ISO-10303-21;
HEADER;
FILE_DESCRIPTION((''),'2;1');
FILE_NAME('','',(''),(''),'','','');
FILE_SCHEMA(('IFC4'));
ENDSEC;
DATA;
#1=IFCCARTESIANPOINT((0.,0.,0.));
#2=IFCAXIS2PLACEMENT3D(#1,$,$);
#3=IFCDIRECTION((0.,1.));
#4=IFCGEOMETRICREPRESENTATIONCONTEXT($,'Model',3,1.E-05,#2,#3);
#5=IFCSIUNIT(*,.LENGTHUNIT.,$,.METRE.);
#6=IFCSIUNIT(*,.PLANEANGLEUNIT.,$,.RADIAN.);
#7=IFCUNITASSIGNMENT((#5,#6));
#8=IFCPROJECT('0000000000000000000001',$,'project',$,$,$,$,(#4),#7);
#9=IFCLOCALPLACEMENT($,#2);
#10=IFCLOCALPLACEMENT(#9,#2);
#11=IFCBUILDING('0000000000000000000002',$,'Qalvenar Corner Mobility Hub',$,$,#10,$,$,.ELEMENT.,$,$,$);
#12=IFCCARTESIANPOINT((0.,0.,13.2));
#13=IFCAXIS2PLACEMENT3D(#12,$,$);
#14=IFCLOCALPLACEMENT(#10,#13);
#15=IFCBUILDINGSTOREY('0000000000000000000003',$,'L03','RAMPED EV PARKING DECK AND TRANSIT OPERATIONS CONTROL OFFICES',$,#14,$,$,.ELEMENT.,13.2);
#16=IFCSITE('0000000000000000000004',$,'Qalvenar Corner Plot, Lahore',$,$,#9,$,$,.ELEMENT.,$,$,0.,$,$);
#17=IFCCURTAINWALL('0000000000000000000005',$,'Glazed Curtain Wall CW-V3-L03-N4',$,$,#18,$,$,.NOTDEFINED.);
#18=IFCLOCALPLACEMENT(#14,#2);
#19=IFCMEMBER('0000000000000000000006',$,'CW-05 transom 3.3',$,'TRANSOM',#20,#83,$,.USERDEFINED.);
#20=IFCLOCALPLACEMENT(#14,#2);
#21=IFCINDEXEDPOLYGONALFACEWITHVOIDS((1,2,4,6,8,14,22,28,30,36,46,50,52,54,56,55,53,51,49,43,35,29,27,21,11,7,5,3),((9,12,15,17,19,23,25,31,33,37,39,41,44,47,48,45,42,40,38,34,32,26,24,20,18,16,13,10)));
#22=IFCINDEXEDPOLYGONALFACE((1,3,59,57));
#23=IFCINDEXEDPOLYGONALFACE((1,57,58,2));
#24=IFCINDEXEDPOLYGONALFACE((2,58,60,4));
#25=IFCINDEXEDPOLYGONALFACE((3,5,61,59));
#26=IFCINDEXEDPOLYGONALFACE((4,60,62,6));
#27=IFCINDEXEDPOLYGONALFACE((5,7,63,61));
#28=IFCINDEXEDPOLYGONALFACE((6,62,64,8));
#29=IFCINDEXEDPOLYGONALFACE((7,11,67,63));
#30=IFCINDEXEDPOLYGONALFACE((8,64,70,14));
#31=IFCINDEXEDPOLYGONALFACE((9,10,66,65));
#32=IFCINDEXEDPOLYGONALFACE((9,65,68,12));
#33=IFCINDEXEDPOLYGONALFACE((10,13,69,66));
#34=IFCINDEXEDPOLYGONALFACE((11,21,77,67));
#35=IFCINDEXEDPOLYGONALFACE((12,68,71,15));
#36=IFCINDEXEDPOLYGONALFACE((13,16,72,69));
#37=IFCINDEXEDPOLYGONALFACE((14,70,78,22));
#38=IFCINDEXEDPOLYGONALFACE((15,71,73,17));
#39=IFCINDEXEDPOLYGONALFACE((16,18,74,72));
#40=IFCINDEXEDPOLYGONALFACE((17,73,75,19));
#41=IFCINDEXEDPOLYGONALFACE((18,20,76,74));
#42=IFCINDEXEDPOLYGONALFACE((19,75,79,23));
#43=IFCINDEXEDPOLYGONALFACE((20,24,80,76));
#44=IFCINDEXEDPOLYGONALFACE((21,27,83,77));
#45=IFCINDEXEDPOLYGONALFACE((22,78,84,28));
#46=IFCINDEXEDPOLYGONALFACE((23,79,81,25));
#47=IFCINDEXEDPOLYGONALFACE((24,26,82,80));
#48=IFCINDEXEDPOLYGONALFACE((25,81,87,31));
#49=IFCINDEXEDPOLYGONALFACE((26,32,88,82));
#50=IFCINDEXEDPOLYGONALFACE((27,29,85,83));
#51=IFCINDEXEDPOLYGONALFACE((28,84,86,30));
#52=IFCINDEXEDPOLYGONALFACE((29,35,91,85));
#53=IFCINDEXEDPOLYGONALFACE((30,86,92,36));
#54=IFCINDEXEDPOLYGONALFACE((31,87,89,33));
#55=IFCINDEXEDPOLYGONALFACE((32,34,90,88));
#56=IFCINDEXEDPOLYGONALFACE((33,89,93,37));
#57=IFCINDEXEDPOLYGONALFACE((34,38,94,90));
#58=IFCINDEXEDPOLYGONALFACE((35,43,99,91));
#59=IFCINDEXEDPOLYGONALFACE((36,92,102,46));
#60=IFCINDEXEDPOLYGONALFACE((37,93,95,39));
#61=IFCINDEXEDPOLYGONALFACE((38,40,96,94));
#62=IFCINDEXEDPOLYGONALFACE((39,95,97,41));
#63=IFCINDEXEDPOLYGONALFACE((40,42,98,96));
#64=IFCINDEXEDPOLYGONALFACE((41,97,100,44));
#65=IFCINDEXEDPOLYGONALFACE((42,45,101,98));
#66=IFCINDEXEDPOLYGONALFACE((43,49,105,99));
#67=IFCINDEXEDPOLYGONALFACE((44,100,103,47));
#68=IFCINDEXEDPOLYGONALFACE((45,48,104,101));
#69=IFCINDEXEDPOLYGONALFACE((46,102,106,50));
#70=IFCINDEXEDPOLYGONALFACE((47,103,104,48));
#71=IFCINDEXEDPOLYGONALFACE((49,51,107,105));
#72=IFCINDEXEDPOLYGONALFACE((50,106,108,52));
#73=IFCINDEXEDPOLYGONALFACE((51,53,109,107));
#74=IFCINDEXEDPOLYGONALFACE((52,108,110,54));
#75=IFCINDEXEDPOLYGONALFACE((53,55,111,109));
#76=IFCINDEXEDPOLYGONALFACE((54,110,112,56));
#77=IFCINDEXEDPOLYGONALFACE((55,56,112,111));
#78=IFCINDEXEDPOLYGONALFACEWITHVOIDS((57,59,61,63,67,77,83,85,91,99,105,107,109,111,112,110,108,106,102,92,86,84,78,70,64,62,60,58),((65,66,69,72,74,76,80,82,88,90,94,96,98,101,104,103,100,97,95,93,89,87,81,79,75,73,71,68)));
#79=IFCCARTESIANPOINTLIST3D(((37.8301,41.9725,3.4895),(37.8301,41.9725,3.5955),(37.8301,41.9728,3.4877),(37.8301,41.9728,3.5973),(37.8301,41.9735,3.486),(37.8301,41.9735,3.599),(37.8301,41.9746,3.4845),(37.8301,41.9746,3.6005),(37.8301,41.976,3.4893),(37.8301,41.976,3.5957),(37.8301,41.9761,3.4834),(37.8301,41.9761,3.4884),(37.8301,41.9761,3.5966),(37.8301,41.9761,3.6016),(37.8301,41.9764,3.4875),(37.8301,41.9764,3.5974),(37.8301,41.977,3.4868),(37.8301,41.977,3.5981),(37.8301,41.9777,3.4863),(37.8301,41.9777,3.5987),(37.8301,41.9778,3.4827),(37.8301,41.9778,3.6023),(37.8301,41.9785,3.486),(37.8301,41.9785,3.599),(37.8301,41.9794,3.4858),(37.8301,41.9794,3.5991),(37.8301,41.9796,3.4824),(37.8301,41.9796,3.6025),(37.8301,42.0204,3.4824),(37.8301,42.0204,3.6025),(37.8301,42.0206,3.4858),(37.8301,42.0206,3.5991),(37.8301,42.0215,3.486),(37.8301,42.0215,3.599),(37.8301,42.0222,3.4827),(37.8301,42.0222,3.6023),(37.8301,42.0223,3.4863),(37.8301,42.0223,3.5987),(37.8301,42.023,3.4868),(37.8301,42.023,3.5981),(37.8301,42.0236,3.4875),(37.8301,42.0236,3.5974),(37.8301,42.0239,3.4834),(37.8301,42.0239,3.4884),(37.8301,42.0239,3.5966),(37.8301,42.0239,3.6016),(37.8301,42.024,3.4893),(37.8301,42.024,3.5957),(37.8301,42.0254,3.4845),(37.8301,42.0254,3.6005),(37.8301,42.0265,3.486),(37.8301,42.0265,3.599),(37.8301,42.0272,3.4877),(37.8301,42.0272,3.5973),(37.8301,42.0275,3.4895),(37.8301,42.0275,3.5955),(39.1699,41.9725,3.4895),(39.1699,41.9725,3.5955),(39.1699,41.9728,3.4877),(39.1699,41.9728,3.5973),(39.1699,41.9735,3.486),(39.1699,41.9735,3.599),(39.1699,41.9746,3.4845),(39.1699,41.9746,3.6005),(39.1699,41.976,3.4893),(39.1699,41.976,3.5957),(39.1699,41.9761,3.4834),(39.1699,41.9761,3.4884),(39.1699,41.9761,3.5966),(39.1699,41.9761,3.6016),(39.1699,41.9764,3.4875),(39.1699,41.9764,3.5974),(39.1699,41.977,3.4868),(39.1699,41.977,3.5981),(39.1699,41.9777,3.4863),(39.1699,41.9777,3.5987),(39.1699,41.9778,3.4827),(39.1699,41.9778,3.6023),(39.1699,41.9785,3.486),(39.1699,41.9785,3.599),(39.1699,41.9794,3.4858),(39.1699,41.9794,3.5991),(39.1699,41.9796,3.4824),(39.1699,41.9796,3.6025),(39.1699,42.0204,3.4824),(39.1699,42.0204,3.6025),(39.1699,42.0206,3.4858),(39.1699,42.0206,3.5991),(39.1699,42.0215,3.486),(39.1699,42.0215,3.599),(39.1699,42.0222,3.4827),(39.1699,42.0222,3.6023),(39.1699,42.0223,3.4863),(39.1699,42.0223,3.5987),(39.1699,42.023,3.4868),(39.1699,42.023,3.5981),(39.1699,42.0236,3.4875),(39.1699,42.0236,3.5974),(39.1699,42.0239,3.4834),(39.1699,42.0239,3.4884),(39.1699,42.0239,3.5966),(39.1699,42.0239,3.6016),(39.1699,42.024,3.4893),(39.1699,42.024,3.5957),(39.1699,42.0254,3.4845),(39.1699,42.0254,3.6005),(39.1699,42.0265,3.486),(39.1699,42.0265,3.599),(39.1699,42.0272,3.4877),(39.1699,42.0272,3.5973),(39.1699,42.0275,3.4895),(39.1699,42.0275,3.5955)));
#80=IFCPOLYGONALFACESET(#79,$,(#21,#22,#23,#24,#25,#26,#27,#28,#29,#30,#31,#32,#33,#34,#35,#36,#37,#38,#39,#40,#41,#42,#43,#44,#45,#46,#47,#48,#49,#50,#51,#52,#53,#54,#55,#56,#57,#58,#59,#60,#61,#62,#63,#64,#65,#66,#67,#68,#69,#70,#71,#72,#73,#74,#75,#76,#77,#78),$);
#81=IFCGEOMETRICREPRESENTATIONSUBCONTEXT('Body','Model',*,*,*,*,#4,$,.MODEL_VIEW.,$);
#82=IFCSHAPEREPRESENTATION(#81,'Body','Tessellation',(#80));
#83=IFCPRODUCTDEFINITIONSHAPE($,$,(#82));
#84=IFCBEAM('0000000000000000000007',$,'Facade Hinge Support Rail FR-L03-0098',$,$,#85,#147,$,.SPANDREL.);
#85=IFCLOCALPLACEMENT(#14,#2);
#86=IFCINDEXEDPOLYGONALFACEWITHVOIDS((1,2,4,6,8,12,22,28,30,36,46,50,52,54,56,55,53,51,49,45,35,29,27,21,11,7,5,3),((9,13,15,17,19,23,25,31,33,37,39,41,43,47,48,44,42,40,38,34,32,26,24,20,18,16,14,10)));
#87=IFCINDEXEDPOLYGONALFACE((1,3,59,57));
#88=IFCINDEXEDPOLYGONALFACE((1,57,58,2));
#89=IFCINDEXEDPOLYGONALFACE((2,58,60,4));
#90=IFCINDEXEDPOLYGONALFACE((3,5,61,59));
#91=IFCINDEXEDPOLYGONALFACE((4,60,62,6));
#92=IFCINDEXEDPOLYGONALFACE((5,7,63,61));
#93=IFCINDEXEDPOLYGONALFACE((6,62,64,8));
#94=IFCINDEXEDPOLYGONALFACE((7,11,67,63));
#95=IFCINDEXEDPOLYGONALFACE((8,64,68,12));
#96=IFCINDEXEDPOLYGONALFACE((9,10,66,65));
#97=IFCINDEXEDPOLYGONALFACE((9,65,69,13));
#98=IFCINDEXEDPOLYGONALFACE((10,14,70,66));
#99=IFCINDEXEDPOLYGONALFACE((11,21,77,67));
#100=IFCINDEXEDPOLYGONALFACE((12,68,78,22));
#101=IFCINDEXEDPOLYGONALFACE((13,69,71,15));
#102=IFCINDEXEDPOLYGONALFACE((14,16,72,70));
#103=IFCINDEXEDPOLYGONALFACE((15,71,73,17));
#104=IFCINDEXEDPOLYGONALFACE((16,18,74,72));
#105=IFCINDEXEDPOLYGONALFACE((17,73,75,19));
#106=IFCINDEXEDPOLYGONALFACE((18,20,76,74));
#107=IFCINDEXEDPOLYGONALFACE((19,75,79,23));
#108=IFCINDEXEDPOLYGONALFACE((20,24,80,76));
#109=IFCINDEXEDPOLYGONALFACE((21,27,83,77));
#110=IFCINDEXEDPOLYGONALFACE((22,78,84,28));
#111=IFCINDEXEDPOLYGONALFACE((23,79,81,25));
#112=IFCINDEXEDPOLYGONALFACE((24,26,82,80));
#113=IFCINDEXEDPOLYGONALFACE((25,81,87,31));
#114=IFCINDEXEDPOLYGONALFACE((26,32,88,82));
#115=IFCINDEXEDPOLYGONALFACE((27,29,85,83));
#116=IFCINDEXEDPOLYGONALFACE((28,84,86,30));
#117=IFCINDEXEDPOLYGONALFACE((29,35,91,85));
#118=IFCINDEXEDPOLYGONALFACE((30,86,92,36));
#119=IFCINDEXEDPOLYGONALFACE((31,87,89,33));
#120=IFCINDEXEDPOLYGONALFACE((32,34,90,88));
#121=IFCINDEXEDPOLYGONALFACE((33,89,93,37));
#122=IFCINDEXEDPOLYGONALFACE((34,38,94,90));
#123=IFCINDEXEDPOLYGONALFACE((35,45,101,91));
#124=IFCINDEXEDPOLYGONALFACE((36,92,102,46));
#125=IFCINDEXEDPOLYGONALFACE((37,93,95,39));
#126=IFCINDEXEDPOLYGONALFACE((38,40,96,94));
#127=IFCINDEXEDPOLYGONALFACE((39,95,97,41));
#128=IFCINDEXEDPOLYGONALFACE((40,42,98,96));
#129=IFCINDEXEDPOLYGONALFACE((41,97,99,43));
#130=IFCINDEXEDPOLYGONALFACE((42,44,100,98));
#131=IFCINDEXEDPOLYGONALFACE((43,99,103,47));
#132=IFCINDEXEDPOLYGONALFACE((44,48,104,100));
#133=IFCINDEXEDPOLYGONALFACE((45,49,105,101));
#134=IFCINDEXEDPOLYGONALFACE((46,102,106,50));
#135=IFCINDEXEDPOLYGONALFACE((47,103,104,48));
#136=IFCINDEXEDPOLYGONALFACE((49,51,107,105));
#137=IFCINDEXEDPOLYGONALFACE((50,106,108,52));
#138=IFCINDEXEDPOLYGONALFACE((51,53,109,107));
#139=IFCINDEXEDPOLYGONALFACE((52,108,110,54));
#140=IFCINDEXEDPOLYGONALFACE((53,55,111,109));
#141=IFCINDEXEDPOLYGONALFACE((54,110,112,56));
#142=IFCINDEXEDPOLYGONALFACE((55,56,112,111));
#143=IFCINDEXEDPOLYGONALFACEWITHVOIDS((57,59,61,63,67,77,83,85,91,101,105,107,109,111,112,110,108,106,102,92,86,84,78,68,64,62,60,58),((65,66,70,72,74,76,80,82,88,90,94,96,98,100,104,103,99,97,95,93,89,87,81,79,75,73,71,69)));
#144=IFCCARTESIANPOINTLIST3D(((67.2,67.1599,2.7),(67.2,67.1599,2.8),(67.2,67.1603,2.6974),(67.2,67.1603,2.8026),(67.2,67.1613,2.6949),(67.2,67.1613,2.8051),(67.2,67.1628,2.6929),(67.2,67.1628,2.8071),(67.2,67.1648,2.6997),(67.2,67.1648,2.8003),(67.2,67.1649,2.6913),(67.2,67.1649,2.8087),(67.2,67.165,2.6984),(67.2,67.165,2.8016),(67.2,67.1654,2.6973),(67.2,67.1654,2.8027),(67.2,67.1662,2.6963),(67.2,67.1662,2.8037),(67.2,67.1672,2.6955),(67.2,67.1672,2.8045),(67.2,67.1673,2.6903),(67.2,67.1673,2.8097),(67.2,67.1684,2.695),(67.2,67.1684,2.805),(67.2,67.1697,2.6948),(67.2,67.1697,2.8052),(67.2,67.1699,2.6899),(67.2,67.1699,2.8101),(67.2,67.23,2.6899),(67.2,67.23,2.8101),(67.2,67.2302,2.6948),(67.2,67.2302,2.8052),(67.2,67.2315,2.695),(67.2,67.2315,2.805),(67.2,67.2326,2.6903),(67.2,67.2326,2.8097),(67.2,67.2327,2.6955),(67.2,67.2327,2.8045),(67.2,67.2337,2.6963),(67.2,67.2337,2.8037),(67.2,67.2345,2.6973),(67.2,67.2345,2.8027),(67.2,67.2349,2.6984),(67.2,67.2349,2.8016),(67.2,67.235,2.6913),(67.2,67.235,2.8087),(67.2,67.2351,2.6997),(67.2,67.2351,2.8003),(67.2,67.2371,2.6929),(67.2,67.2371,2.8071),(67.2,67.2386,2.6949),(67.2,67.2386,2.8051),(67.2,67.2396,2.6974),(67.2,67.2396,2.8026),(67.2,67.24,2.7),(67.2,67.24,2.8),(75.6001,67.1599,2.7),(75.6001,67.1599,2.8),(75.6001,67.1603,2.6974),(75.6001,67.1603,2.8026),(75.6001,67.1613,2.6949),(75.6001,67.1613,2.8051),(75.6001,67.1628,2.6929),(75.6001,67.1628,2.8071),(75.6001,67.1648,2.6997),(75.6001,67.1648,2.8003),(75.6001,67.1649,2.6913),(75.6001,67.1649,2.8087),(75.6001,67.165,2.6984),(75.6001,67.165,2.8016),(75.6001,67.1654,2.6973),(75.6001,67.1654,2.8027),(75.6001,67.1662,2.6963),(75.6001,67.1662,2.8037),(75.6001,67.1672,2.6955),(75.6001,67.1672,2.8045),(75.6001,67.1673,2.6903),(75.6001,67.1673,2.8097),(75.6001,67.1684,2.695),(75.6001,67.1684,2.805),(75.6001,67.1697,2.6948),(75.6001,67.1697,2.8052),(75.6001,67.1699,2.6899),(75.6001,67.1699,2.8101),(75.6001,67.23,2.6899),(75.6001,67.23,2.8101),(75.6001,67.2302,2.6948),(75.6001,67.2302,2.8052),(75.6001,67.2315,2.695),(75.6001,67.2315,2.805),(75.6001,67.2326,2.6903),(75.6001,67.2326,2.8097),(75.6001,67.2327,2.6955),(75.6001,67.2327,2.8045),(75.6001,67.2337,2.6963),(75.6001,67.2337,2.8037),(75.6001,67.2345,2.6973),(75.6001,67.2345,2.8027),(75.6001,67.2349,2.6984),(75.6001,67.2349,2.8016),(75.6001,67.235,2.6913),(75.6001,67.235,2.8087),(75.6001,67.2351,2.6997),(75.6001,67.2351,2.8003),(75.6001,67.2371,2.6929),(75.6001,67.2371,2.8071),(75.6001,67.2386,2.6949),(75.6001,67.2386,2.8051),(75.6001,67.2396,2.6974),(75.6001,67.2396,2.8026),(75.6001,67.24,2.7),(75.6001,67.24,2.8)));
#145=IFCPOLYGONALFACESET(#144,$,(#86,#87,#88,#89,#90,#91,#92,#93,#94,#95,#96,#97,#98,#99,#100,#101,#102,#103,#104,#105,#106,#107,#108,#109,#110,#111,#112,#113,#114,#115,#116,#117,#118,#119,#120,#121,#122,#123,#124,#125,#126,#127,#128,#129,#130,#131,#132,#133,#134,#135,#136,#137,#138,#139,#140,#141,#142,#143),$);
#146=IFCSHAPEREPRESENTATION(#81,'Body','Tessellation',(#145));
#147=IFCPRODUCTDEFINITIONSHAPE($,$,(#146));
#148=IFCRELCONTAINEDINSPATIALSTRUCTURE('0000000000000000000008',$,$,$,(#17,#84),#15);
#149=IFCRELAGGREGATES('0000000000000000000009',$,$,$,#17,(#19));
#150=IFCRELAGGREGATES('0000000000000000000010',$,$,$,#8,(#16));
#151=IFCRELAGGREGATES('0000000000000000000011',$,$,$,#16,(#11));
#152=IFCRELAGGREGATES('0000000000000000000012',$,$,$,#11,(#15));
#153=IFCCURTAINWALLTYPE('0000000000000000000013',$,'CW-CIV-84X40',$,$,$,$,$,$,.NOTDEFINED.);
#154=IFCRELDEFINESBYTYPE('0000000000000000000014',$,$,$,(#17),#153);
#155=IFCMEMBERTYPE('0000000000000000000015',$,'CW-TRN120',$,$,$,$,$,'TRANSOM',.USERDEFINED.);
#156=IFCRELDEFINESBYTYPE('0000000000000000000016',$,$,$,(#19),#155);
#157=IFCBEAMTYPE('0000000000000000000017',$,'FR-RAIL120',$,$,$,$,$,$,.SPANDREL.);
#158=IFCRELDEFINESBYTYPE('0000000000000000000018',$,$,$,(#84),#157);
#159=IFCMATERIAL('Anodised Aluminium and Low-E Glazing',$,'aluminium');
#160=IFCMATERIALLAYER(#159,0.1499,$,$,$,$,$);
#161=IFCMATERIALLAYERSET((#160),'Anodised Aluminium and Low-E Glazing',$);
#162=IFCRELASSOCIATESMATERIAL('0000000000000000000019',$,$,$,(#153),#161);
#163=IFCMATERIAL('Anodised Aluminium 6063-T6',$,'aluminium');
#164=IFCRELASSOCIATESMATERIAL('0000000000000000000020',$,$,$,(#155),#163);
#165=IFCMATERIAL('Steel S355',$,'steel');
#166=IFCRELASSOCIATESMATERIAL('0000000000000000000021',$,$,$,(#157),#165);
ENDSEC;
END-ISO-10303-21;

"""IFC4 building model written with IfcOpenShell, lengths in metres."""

from ifc_helpers import new_model, si_unit, direction, frame, origin, origin_2d, place, context, subcontext, project, spatial, hollow_rectangle, extrude, material, layer, layer_set, material_profile, profile_set, type_object, element, aggregate, save


model = new_model("IFC4")

# Units and contexts
model_context = context("Model", 3, precision=1e-05, world=origin(), true_north=direction((0.0, 1.0)))
body_context = subcontext(model_context, "Body", "Model", "MODEL_VIEW")
ifc_project = project(units=[si_unit("LENGTHUNIT", "METRE"), si_unit("PLANEANGLEUNIT", "RADIAN")], contexts=[model_context])

# Site, building, storey
site_placement = place(None, origin())
site = spatial("IfcSite", under=ifc_project, at=site_placement, Name="Qalvenar Corner Plot, Lahore", CompositionType="ELEMENT", RefElevation=0.0)
building_placement = place(site_placement, origin())
building = spatial("IfcBuilding", under=site, at=building_placement, Name="Qalvenar Corner Mobility Hub", CompositionType="ELEMENT")
storey_placement = place(building_placement, frame((0.0, 0.0, 13.2)))
storey = spatial("IfcBuildingStorey", under=building, at=storey_placement, Name="L03", Description="RAMPED EV PARKING DECK AND TRANSIT OPERATIONS CONTROL OFFICES", CompositionType="ELEMENT", Elevation=13.2)

# Shared definitions
ifc_material_1 = material(Name="Steel S355", Category="steel")

# Curtain wall, member
ifc_material_2 = material(Name="Anodised Aluminium and Low-E Glazing", Category="aluminium")
ifc_layer_1 = layer(ifc_material_2, 0.1499)
ifc_layer_set_1 = layer_set([ifc_layer_1], Name="Anodised Aluminium and Low-E Glazing")
curtain_wall_type = type_object("IfcCurtainWallType", Name="CW-CIV-84X40", PredefinedType="NOTDEFINED", material=ifc_layer_set_1)
curtain_wall_placement = place(storey_placement, origin())
curtain_wall = element("IfcCurtainWall", 1, at=curtain_wall_placement, inside=storey, type_object=curtain_wall_type, Name="Glazed Curtain Wall CW-V3-L03-N4", PredefinedType="NOTDEFINED")
ifc_material_3 = material(Name="Anodised Aluminium 6063-T6", Category="aluminium")
ifc_material_profile_1 = material_profile(ifc_material_3, hollow_rectangle(XDim=0.0549, YDim=0.1201, WallThickness=0.0034, InnerFilletRadius=0.0034, OuterFilletRadius=0.0071, at=origin_2d()), Name="RHS120x55x3.5")
ifc_profile_set_1 = profile_set([ifc_material_profile_1], Name="Anodised Aluminium 6063-T6")
member_type_1 = type_object("IfcMemberType", Name="CW-TRN120", ElementType="TRANSOM", PredefinedType="USERDEFINED", material=ifc_profile_set_1)
member_1_placement = place(storey_placement, frame((39.1699, 42.0, 3.5425), z_axis=(-1.0, 0.0, 0.0), x_axis=(0.0, -1.0, 0.0)))
member_1 = element("IfcMember", 2, at=member_1_placement, type_object=member_type_1, Name="CW-05 transom 3.3", ObjectType="TRANSOM", PredefinedType="USERDEFINED", context=body_context, shape_type="SweptSolid", body=[
    extrude(hollow_rectangle(XDim=0.0549, YDim=0.1201, WallThickness=0.0034, InnerFilletRadius=0.0034, OuterFilletRadius=0.0071, at=origin_2d()), origin(), (0.0, 0.0, 1.0), 1.3398),
])

# Beam
ifc_material_profile_2 = material_profile(ifc_material_1, hollow_rectangle(XDim=0.0801, YDim=0.1201, WallThickness=0.0049, InnerFilletRadius=0.0049, OuterFilletRadius=0.01, at=origin_2d()), Name="RHS120x80x5")
ifc_profile_set_2 = profile_set([ifc_material_profile_2], Name="Steel S355")
beam_type_1 = type_object("IfcBeamType", Name="FR-RAIL120", PredefinedType="SPANDREL", material=ifc_profile_set_2)
beam_1_placement = place(storey_placement, frame((67.2, 67.2, 2.75), z_axis=(1.0, 0.0, 0.0), x_axis=(0.0, 1.0, 0.0)))
element("IfcBeam", 3, at=beam_1_placement, inside=storey, type_object=beam_type_1, Name="Facade Hinge Support Rail FR-L03-0098", PredefinedType="SPANDREL", context=body_context, shape_type="SweptSolid", body=[
    extrude(hollow_rectangle(XDim=0.0801, YDim=0.1201, WallThickness=0.0049, InnerFilletRadius=0.0049, OuterFilletRadius=0.01, at=origin_2d()), origin(), (0.0, 0.0, 1.0), 8.4001),
])

aggregate(curtain_wall, [member_1])

save(model, "model.ifc")
